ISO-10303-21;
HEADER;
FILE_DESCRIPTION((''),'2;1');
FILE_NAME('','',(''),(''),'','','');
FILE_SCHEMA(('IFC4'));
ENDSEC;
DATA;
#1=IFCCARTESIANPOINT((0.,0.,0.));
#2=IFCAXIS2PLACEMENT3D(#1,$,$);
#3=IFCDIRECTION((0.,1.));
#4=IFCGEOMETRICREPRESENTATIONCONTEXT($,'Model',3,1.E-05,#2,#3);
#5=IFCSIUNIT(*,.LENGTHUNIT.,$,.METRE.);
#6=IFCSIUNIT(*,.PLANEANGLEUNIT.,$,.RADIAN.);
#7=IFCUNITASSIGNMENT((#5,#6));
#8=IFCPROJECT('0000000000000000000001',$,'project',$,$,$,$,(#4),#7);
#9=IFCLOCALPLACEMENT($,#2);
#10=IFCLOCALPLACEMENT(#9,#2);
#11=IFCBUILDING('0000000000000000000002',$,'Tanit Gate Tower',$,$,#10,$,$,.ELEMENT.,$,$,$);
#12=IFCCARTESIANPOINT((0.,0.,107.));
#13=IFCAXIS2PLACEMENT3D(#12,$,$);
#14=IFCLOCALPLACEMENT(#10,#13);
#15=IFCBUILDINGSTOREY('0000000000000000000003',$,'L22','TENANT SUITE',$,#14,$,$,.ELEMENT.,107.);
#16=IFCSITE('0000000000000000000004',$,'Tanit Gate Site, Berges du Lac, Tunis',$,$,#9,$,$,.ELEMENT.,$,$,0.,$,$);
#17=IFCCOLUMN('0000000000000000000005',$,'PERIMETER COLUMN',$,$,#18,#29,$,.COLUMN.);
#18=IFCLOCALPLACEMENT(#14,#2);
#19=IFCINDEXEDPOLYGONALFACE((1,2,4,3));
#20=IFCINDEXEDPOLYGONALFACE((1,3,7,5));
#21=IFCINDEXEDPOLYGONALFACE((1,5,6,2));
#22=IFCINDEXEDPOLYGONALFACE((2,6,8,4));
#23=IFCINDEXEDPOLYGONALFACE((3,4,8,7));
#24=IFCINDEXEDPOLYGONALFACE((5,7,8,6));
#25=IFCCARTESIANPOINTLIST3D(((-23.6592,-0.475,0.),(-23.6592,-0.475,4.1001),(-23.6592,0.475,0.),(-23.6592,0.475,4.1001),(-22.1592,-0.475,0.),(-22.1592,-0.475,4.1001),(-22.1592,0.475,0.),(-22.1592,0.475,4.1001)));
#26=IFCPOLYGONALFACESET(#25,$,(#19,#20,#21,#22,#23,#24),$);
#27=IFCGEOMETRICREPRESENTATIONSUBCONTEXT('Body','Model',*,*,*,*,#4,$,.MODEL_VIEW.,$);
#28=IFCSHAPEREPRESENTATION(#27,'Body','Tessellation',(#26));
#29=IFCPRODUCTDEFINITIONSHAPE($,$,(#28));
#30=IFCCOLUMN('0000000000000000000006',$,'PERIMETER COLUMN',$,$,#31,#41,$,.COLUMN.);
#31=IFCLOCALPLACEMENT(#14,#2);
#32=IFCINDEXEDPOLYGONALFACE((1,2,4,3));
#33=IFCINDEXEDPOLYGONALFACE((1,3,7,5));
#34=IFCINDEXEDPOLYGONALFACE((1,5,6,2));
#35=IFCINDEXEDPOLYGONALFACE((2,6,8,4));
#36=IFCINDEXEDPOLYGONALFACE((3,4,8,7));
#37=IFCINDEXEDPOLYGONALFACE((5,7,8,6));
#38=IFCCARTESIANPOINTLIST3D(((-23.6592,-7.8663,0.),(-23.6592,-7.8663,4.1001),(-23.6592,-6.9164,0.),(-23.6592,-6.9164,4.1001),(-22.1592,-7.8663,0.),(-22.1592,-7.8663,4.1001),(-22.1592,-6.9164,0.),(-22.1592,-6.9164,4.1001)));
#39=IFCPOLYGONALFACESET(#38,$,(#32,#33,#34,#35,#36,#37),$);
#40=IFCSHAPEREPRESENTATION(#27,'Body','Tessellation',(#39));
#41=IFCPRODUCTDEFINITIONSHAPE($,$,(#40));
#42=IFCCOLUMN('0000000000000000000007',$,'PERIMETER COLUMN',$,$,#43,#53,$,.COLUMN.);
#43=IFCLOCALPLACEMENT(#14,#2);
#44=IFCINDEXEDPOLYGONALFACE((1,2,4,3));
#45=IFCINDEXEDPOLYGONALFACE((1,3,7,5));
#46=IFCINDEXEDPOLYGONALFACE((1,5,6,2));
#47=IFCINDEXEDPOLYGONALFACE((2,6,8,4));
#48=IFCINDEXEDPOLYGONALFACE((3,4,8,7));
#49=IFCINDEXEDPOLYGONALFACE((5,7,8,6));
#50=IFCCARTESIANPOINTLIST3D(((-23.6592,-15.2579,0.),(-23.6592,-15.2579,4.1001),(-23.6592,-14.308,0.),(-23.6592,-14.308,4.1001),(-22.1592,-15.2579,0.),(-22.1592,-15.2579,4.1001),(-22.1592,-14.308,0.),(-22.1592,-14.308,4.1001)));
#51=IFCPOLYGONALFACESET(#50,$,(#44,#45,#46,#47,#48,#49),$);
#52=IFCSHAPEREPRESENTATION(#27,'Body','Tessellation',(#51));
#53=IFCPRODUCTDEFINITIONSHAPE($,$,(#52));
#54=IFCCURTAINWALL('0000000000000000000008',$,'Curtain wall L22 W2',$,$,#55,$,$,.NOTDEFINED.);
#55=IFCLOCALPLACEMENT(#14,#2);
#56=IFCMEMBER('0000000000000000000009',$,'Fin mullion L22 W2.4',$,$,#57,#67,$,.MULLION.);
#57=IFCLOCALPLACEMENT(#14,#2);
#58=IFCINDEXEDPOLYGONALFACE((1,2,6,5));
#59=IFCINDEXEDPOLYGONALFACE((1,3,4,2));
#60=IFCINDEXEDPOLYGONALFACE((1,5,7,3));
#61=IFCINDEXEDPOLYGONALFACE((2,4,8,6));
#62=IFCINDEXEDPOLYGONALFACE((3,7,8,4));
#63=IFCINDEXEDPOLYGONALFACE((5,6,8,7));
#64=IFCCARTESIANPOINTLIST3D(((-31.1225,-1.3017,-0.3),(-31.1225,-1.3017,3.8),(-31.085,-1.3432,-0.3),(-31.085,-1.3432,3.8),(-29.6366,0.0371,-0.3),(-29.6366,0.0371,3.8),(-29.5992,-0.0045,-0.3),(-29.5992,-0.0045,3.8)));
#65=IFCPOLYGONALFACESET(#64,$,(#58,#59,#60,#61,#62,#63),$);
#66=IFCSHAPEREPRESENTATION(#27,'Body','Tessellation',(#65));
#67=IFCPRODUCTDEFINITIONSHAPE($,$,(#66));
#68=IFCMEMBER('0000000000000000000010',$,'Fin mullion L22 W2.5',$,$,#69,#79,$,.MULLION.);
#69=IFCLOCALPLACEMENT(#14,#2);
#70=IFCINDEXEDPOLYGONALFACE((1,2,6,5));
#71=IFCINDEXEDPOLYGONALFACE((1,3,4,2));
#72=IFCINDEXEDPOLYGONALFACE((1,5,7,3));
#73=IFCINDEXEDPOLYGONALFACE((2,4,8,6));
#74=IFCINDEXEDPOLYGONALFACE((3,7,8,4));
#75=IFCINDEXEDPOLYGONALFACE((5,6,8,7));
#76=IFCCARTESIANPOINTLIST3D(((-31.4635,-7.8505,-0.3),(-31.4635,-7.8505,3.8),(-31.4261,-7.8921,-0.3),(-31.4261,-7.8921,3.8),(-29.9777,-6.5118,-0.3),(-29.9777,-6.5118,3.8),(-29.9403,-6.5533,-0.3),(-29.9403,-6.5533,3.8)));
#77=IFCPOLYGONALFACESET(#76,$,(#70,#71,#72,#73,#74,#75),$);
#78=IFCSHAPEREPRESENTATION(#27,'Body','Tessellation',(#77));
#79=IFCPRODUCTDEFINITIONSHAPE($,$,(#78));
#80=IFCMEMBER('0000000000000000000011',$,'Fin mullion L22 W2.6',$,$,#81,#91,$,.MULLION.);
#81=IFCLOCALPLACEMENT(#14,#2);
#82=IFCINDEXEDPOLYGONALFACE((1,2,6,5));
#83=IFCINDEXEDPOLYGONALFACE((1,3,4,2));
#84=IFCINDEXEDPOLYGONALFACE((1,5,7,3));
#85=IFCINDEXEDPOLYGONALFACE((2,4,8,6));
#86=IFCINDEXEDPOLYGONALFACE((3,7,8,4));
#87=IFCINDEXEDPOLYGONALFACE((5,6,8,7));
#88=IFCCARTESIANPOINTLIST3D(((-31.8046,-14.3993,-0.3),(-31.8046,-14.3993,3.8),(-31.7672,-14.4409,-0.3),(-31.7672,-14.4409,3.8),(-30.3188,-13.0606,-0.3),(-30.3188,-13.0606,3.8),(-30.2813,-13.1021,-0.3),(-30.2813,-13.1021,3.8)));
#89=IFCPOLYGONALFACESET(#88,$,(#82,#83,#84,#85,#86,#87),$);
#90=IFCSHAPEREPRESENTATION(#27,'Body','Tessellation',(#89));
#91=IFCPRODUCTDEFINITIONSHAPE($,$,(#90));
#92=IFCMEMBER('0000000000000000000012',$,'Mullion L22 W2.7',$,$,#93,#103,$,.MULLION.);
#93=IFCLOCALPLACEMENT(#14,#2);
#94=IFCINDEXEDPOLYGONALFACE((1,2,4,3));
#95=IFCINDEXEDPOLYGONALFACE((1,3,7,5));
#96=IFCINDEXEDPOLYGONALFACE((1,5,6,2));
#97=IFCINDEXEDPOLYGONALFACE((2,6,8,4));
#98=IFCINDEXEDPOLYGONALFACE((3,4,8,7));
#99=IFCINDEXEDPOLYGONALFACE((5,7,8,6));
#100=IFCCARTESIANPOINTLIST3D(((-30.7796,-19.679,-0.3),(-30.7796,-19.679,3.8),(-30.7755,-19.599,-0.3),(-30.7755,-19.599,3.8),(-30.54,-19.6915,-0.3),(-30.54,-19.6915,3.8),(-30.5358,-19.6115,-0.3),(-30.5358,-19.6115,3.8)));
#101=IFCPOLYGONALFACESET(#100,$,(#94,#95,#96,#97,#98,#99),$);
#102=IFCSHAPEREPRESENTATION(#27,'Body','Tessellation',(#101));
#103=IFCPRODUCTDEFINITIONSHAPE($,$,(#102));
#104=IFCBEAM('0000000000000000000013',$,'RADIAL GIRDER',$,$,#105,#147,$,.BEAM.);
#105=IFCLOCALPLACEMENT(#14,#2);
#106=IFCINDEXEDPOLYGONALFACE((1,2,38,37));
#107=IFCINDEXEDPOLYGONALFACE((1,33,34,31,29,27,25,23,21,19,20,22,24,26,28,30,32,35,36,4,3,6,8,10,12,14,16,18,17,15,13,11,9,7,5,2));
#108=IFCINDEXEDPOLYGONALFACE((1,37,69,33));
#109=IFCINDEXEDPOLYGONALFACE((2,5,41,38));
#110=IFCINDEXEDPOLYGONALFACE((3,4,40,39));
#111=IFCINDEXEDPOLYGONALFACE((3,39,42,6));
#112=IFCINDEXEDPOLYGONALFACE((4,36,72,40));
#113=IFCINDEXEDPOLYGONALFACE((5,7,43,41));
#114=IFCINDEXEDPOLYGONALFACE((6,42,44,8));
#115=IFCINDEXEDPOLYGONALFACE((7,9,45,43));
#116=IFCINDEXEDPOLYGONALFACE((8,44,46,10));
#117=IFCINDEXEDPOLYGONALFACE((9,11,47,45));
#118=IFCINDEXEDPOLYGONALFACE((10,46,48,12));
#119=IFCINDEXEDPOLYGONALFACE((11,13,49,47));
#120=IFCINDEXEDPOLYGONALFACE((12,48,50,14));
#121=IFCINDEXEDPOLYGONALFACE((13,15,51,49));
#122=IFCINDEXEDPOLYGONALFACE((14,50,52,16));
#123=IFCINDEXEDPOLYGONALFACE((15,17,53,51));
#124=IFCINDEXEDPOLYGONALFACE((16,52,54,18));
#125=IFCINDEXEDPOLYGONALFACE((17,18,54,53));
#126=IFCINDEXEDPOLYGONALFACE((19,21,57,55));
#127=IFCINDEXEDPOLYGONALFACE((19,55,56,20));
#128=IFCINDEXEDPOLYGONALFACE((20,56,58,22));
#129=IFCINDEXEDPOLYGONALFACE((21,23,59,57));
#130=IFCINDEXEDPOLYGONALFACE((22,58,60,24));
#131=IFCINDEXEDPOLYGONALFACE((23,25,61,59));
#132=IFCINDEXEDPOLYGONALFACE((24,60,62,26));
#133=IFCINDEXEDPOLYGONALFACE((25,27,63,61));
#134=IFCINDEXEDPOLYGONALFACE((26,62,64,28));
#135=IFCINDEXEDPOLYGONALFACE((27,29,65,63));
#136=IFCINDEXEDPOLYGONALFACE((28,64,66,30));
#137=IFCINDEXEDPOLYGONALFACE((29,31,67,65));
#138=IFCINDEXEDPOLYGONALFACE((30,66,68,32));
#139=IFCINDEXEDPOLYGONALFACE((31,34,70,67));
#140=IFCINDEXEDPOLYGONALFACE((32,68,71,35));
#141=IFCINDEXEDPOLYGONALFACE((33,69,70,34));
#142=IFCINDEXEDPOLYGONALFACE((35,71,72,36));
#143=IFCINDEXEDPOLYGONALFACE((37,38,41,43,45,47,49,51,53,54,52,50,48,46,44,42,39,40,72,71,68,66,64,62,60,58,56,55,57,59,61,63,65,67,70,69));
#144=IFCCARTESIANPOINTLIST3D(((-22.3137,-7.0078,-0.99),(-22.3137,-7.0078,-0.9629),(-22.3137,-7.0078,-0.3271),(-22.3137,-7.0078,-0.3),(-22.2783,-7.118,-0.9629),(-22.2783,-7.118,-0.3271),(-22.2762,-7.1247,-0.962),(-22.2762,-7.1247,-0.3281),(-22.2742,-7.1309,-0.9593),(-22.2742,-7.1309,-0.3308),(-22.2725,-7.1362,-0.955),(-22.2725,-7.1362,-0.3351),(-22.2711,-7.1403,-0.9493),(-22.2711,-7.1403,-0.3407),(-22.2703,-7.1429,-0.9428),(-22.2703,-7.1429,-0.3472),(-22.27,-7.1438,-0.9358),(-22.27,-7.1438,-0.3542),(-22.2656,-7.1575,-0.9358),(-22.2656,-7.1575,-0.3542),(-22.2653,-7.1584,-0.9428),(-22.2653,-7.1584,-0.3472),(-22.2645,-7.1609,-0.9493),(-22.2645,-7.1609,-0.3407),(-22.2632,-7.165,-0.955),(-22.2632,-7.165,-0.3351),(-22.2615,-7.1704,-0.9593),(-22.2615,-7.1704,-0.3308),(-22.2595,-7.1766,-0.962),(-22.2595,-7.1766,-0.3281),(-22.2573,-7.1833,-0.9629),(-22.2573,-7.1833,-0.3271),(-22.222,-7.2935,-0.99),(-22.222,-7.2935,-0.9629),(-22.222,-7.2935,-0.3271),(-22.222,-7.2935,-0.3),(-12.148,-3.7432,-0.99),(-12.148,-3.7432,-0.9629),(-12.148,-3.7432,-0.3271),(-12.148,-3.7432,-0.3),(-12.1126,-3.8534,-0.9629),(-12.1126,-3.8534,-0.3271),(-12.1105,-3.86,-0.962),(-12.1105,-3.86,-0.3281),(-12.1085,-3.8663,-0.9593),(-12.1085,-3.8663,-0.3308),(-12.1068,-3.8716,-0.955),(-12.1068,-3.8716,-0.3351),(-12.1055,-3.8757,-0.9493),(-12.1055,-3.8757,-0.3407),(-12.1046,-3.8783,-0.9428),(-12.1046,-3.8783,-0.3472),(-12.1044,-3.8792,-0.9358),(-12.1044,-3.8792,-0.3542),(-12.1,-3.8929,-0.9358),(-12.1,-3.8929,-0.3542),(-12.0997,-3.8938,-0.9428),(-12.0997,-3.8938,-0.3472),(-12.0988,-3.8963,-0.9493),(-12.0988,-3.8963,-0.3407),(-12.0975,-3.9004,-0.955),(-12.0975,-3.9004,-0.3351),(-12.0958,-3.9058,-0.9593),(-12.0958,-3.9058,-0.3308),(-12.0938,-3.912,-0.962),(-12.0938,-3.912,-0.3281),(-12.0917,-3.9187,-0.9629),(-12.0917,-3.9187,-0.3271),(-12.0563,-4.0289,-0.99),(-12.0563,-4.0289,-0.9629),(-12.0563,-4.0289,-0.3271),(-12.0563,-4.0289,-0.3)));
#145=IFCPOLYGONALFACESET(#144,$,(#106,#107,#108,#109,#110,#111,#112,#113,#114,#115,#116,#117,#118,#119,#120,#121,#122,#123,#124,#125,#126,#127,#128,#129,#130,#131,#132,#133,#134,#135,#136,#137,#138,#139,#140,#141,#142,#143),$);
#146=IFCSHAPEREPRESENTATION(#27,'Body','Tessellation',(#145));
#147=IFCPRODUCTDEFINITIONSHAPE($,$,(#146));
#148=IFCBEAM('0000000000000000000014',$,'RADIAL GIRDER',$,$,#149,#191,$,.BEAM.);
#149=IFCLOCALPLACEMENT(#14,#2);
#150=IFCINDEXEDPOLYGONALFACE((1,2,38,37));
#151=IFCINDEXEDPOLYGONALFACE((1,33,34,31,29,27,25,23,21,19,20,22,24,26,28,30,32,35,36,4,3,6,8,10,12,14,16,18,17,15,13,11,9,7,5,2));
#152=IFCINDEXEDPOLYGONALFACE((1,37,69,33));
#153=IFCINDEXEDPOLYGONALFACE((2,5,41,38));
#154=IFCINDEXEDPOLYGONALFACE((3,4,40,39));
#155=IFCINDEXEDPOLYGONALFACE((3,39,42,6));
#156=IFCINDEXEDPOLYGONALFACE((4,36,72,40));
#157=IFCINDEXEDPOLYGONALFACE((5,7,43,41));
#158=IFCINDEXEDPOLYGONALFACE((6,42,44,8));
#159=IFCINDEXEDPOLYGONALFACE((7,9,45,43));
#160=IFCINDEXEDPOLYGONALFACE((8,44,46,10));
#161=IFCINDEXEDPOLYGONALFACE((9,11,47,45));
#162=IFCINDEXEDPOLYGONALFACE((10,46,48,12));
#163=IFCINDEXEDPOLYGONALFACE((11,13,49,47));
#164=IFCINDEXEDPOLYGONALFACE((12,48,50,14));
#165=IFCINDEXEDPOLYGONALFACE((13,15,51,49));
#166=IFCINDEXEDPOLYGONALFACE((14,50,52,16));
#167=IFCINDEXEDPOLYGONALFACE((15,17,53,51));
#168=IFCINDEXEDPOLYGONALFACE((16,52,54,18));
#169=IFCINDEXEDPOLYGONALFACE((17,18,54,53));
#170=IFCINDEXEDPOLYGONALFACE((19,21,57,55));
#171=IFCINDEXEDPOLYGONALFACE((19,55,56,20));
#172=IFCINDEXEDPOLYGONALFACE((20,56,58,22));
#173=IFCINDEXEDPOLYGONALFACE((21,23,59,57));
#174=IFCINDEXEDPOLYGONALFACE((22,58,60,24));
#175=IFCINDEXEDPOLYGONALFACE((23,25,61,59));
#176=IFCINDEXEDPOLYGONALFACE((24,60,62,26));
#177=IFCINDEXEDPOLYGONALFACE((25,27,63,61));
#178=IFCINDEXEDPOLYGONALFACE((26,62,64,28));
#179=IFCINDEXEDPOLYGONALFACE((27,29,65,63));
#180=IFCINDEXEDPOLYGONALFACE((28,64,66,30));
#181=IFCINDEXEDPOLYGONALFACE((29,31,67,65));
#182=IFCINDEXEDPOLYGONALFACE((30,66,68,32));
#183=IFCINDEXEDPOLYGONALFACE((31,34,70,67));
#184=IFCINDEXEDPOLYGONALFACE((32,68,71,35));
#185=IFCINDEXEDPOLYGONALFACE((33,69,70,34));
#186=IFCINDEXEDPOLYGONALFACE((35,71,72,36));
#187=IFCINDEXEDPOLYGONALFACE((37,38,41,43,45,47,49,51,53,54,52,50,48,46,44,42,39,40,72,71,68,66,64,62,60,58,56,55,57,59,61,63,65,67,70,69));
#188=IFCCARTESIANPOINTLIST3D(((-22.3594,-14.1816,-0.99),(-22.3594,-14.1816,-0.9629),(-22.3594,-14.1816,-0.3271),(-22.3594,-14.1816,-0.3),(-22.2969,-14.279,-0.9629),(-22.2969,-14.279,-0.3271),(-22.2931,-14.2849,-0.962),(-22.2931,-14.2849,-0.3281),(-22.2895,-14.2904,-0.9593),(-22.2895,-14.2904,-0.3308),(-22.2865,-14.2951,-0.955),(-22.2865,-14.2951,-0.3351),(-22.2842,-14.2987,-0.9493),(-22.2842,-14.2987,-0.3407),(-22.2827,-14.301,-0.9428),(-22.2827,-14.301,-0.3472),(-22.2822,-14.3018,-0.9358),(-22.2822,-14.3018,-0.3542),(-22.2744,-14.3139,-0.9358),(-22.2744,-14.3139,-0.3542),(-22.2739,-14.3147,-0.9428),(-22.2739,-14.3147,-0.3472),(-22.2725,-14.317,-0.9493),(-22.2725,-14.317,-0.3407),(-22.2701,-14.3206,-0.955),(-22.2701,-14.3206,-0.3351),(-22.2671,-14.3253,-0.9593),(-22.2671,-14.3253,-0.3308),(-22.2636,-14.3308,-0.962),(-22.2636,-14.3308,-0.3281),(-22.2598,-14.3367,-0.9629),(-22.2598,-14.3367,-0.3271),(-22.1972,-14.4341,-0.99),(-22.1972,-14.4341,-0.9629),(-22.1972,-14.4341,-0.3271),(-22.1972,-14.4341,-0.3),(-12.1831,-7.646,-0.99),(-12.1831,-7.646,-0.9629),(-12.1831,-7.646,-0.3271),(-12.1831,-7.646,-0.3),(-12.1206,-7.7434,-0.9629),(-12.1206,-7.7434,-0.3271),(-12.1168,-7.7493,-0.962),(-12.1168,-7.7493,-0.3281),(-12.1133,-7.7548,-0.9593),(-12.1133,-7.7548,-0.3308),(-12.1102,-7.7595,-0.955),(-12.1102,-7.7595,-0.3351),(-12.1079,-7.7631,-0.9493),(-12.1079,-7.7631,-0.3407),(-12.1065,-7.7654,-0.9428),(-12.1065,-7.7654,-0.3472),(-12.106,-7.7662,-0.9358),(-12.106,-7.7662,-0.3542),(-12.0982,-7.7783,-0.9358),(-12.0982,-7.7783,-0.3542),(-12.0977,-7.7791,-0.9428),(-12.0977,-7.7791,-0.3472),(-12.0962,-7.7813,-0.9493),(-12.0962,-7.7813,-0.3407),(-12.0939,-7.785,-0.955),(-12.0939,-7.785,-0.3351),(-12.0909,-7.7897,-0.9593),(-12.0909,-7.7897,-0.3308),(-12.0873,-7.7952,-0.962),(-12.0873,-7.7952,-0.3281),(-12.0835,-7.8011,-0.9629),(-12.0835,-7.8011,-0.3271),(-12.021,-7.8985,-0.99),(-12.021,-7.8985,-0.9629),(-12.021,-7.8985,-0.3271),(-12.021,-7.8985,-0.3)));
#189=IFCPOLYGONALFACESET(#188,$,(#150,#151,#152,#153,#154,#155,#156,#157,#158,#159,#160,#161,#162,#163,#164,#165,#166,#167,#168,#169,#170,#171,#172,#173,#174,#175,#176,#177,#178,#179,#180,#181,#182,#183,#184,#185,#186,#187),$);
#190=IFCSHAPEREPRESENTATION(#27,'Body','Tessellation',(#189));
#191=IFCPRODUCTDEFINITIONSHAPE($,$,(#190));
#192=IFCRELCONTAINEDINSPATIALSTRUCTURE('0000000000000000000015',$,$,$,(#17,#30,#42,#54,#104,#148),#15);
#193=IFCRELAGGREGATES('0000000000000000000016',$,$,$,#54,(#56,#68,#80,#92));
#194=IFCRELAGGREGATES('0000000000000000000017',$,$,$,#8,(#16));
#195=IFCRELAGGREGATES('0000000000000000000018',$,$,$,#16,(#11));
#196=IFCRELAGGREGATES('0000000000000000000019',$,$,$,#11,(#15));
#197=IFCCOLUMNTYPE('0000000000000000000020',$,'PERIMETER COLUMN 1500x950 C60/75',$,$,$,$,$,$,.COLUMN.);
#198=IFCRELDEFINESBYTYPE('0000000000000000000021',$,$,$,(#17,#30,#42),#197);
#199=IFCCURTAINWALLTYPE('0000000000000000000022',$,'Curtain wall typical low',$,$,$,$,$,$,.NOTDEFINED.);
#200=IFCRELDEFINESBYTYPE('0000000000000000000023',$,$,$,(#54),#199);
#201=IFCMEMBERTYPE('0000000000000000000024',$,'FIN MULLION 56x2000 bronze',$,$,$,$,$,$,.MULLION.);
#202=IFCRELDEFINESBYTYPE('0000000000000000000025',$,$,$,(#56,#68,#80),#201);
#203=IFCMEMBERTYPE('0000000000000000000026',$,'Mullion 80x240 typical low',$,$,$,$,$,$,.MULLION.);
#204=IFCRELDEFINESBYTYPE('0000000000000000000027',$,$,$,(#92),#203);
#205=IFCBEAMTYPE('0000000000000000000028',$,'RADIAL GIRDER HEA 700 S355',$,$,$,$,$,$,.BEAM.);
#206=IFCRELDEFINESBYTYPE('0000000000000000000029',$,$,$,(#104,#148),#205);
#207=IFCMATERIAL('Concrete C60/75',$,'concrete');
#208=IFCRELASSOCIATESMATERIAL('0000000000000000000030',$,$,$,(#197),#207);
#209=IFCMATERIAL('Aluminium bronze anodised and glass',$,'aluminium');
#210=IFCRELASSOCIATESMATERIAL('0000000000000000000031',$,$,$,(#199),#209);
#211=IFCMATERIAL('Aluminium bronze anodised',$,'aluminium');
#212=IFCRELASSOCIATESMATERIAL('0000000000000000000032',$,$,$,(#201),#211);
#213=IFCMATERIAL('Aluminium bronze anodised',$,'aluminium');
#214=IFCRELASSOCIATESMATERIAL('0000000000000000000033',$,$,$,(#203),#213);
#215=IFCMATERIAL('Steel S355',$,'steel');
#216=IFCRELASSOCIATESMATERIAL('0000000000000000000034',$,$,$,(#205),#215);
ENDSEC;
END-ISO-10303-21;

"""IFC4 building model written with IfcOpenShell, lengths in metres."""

from ifc_helpers import new_model, si_unit, direction, frame, origin, origin_2d, place, context, subcontext, project, spatial, rectangle, i_section, extrude, material, material_profile, profile_set, type_object, element, aggregate, save


model = new_model("IFC4")

# Units and contexts
model_context = context("Model", 3, precision=1e-05, world=origin(), true_north=direction((0.0, 1.0)))
body_context = subcontext(model_context, "Body", "Model", "MODEL_VIEW")
ifc_project = project(units=[si_unit("LENGTHUNIT", "METRE"), si_unit("PLANEANGLEUNIT", "RADIAN")], contexts=[model_context])

# Site, building, storey
site_placement = place(None, origin())
site = spatial("IfcSite", under=ifc_project, at=site_placement, Name="Tanit Gate Site, Berges du Lac, Tunis", CompositionType="ELEMENT", RefElevation=0.0)
building_placement = place(site_placement, origin())
building = spatial("IfcBuilding", under=site, at=building_placement, Name="Tanit Gate Tower", CompositionType="ELEMENT")
storey_placement = place(building_placement, frame((0.0, 0.0, 107.0)))
storey = spatial("IfcBuildingStorey", under=building, at=storey_placement, Name="L22", Description="TENANT SUITE", CompositionType="ELEMENT", Elevation=107.0)

# Columns
ifc_material_1 = material(Name="Concrete C60/75", Category="concrete")
ifc_material_profile_1 = material_profile(ifc_material_1, rectangle(XDim=1.5, YDim=0.95, at=origin_2d()), Name="RC 1500x950")
ifc_profile_set_1 = profile_set([ifc_material_profile_1], Name="Concrete C60/75")
column_type = type_object("IfcColumnType", Name="PERIMETER COLUMN 1500x950 C60/75", PredefinedType="COLUMN", material=ifc_profile_set_1)
for number, where, z_axis, x_axis, name in (
    (1, (-22.9092, 0.0, 0.0), (0.0, 0.0, 1.0), (-1.0, 0.0, 0.0), "PERIMETER COLUMN"),
    (2, (-22.9092, -7.3914, 0.0), (0.0, 0.0, 1.0), (-1.0, 0.0, 0.0), "PERIMETER COLUMN"),
    (3, (-22.9092, -14.783, 0.0), (0.0, 0.0, 1.0), (-1.0, 0.0, 0.0), "PERIMETER COLUMN"),
):
    element("IfcColumn", number, at=place(storey_placement, frame(where, z_axis=z_axis, x_axis=x_axis)), inside=storey, type_object=column_type, Name=name, PredefinedType="COLUMN", context=body_context, shape_type="SweptSolid", body=[
        extrude(rectangle(XDim=1.5, YDim=0.95, at=origin_2d()), origin(), (0.0, 0.0, 1.0), 4.1001),
    ])

# Curtain wall, members
ifc_material_2 = material(Name="Aluminium bronze anodised and glass", Category="aluminium")
curtain_wall_type = type_object("IfcCurtainWallType", Name="Curtain wall typical low", PredefinedType="NOTDEFINED", material=ifc_material_2)
curtain_wall_1_placement = place(storey_placement, origin())
curtain_wall_1 = element("IfcCurtainWall", 4, at=curtain_wall_1_placement, inside=storey, type_object=curtain_wall_type, Name="Curtain wall L22 W2", PredefinedType="NOTDEFINED")
ifc_material_3 = material(Name="Aluminium bronze anodised", Category="aluminium")
ifc_material_profile_2 = material_profile(ifc_material_3, rectangle(XDim=2.0, YDim=0.0559, at=origin_2d()), Name="56x2000 bronze fin mullion")
ifc_profile_set_2 = profile_set([ifc_material_profile_2], Name="Aluminium bronze anodised")
member_type_1 = type_object("IfcMemberType", Name="FIN MULLION 56x2000 bronze", PredefinedType="MULLION", material=ifc_profile_set_2)
member_1_placement = place(storey_placement, frame((-30.3608, -0.6531, -0.3), z_axis=(0.0, 0.0, 1.0), x_axis=(0.742922, 0.669378, 0.0)))
member_1 = element("IfcMember", 5, at=member_1_placement, type_object=member_type_1, Name="Fin mullion L22 W2.4", PredefinedType="MULLION", context=body_context, shape_type="SweptSolid", body=[
    extrude(rectangle(XDim=2.0, YDim=0.0559, at=origin_2d()), origin(), (0.0, 0.0, 1.0), 4.1001),
])
member_2_placement = place(storey_placement, frame((-30.7019, -7.2019, -0.3), z_axis=(0.0, 0.0, 1.0), x_axis=(0.742922, 0.669378, 0.0)))
member_2 = element("IfcMember", 6, at=member_2_placement, type_object=member_type_1, Name="Fin mullion L22 W2.5", PredefinedType="MULLION", context=body_context, shape_type="SweptSolid", body=[
    extrude(rectangle(XDim=2.0, YDim=0.0559, at=origin_2d()), origin(), (0.0, 0.0, 1.0), 4.1001),
])
member_3_placement = place(storey_placement, frame((-31.043, -13.7507, -0.3), z_axis=(0.0, 0.0, 1.0), x_axis=(0.742922, 0.669378, 0.0)))
member_3 = element("IfcMember", 7, at=member_3_placement, type_object=member_type_1, Name="Fin mullion L22 W2.6", PredefinedType="MULLION", context=body_context, shape_type="SweptSolid", body=[
    extrude(rectangle(XDim=2.0, YDim=0.0559, at=origin_2d()), origin(), (0.0, 0.0, 1.0), 4.1001),
])
ifc_material_4 = material(Name="Aluminium bronze anodised", Category="aluminium")
ifc_material_profile_3 = material_profile(ifc_material_4, rectangle(XDim=0.24, YDim=0.0801, at=origin_2d()), Name="80x240 bronze mullion")
ifc_profile_set_3 = profile_set([ifc_material_profile_3], Name="Aluminium bronze anodised")
member_type_2 = type_object("IfcMemberType", Name="Mullion 80x240 typical low", PredefinedType="MULLION", material=ifc_profile_set_3)
member_4_placement = place(storey_placement, frame((-30.6577, -19.6453, -0.3), z_axis=(0.0, 0.0, 1.0), x_axis=(0.998647, -0.052003, 0.0)))
member_4 = element("IfcMember", 8, at=member_4_placement, type_object=member_type_2, Name="Mullion L22 W2.7", PredefinedType="MULLION", context=body_context, shape_type="SweptSolid", body=[
    extrude(rectangle(XDim=0.24, YDim=0.0801, at=origin_2d()), origin(), (0.0, 0.0, 1.0), 4.1001),
])

# Beams
ifc_material_5 = material(Name="Steel S355", Category="steel")
ifc_material_profile_4 = material_profile(ifc_material_5, i_section(OverallWidth=0.3, OverallDepth=0.6899, WebThickness=0.0144, FlangeThickness=0.0271, FilletRadius=0.0271, at=origin_2d()), Name="HEA 700")
ifc_profile_set_4 = profile_set([ifc_material_profile_4], Name="Steel S355")
beam_type = type_object("IfcBeamType", Name="RADIAL GIRDER HEA 700 S355", PredefinedType="BEAM", material=ifc_profile_set_4)
beam_1_placement = place(storey_placement, frame((-22.2678, -7.1506, -0.645), z_axis=(0.952108, 0.305761, 0.0), x_axis=(-0.305761, 0.952108, 0.0)))
element("IfcBeam", 9, at=beam_1_placement, inside=storey, type_object=beam_type, Name="RADIAL GIRDER", PredefinedType="BEAM", context=body_context, shape_type="SweptSolid", body=[
    extrude(i_section(OverallWidth=0.3, OverallDepth=0.6899, WebThickness=0.0144, FlangeThickness=0.0271, FilletRadius=0.0271, at=origin_2d()), origin(), (0.0, 0.0, 1.0), 10.677),
])
beam_2_placement = place(storey_placement, frame((-22.2783, -14.3079, -0.645), z_axis=(0.841413, 0.540392, 0.0), x_axis=(-0.540392, 0.841413, 0.0)))
element("IfcBeam", 10, at=beam_2_placement, inside=storey, type_object=beam_type, Name="RADIAL GIRDER", PredefinedType="BEAM", context=body_context, shape_type="SweptSolid", body=[
    extrude(i_section(OverallWidth=0.3, OverallDepth=0.6899, WebThickness=0.0144, FlangeThickness=0.0271, FilletRadius=0.0271, at=origin_2d()), origin(), (0.0, 0.0, 1.0), 12.0942),
])

aggregate(curtain_wall_1, [member_1, member_2, member_3, member_4])

save(model, "model.ifc")
